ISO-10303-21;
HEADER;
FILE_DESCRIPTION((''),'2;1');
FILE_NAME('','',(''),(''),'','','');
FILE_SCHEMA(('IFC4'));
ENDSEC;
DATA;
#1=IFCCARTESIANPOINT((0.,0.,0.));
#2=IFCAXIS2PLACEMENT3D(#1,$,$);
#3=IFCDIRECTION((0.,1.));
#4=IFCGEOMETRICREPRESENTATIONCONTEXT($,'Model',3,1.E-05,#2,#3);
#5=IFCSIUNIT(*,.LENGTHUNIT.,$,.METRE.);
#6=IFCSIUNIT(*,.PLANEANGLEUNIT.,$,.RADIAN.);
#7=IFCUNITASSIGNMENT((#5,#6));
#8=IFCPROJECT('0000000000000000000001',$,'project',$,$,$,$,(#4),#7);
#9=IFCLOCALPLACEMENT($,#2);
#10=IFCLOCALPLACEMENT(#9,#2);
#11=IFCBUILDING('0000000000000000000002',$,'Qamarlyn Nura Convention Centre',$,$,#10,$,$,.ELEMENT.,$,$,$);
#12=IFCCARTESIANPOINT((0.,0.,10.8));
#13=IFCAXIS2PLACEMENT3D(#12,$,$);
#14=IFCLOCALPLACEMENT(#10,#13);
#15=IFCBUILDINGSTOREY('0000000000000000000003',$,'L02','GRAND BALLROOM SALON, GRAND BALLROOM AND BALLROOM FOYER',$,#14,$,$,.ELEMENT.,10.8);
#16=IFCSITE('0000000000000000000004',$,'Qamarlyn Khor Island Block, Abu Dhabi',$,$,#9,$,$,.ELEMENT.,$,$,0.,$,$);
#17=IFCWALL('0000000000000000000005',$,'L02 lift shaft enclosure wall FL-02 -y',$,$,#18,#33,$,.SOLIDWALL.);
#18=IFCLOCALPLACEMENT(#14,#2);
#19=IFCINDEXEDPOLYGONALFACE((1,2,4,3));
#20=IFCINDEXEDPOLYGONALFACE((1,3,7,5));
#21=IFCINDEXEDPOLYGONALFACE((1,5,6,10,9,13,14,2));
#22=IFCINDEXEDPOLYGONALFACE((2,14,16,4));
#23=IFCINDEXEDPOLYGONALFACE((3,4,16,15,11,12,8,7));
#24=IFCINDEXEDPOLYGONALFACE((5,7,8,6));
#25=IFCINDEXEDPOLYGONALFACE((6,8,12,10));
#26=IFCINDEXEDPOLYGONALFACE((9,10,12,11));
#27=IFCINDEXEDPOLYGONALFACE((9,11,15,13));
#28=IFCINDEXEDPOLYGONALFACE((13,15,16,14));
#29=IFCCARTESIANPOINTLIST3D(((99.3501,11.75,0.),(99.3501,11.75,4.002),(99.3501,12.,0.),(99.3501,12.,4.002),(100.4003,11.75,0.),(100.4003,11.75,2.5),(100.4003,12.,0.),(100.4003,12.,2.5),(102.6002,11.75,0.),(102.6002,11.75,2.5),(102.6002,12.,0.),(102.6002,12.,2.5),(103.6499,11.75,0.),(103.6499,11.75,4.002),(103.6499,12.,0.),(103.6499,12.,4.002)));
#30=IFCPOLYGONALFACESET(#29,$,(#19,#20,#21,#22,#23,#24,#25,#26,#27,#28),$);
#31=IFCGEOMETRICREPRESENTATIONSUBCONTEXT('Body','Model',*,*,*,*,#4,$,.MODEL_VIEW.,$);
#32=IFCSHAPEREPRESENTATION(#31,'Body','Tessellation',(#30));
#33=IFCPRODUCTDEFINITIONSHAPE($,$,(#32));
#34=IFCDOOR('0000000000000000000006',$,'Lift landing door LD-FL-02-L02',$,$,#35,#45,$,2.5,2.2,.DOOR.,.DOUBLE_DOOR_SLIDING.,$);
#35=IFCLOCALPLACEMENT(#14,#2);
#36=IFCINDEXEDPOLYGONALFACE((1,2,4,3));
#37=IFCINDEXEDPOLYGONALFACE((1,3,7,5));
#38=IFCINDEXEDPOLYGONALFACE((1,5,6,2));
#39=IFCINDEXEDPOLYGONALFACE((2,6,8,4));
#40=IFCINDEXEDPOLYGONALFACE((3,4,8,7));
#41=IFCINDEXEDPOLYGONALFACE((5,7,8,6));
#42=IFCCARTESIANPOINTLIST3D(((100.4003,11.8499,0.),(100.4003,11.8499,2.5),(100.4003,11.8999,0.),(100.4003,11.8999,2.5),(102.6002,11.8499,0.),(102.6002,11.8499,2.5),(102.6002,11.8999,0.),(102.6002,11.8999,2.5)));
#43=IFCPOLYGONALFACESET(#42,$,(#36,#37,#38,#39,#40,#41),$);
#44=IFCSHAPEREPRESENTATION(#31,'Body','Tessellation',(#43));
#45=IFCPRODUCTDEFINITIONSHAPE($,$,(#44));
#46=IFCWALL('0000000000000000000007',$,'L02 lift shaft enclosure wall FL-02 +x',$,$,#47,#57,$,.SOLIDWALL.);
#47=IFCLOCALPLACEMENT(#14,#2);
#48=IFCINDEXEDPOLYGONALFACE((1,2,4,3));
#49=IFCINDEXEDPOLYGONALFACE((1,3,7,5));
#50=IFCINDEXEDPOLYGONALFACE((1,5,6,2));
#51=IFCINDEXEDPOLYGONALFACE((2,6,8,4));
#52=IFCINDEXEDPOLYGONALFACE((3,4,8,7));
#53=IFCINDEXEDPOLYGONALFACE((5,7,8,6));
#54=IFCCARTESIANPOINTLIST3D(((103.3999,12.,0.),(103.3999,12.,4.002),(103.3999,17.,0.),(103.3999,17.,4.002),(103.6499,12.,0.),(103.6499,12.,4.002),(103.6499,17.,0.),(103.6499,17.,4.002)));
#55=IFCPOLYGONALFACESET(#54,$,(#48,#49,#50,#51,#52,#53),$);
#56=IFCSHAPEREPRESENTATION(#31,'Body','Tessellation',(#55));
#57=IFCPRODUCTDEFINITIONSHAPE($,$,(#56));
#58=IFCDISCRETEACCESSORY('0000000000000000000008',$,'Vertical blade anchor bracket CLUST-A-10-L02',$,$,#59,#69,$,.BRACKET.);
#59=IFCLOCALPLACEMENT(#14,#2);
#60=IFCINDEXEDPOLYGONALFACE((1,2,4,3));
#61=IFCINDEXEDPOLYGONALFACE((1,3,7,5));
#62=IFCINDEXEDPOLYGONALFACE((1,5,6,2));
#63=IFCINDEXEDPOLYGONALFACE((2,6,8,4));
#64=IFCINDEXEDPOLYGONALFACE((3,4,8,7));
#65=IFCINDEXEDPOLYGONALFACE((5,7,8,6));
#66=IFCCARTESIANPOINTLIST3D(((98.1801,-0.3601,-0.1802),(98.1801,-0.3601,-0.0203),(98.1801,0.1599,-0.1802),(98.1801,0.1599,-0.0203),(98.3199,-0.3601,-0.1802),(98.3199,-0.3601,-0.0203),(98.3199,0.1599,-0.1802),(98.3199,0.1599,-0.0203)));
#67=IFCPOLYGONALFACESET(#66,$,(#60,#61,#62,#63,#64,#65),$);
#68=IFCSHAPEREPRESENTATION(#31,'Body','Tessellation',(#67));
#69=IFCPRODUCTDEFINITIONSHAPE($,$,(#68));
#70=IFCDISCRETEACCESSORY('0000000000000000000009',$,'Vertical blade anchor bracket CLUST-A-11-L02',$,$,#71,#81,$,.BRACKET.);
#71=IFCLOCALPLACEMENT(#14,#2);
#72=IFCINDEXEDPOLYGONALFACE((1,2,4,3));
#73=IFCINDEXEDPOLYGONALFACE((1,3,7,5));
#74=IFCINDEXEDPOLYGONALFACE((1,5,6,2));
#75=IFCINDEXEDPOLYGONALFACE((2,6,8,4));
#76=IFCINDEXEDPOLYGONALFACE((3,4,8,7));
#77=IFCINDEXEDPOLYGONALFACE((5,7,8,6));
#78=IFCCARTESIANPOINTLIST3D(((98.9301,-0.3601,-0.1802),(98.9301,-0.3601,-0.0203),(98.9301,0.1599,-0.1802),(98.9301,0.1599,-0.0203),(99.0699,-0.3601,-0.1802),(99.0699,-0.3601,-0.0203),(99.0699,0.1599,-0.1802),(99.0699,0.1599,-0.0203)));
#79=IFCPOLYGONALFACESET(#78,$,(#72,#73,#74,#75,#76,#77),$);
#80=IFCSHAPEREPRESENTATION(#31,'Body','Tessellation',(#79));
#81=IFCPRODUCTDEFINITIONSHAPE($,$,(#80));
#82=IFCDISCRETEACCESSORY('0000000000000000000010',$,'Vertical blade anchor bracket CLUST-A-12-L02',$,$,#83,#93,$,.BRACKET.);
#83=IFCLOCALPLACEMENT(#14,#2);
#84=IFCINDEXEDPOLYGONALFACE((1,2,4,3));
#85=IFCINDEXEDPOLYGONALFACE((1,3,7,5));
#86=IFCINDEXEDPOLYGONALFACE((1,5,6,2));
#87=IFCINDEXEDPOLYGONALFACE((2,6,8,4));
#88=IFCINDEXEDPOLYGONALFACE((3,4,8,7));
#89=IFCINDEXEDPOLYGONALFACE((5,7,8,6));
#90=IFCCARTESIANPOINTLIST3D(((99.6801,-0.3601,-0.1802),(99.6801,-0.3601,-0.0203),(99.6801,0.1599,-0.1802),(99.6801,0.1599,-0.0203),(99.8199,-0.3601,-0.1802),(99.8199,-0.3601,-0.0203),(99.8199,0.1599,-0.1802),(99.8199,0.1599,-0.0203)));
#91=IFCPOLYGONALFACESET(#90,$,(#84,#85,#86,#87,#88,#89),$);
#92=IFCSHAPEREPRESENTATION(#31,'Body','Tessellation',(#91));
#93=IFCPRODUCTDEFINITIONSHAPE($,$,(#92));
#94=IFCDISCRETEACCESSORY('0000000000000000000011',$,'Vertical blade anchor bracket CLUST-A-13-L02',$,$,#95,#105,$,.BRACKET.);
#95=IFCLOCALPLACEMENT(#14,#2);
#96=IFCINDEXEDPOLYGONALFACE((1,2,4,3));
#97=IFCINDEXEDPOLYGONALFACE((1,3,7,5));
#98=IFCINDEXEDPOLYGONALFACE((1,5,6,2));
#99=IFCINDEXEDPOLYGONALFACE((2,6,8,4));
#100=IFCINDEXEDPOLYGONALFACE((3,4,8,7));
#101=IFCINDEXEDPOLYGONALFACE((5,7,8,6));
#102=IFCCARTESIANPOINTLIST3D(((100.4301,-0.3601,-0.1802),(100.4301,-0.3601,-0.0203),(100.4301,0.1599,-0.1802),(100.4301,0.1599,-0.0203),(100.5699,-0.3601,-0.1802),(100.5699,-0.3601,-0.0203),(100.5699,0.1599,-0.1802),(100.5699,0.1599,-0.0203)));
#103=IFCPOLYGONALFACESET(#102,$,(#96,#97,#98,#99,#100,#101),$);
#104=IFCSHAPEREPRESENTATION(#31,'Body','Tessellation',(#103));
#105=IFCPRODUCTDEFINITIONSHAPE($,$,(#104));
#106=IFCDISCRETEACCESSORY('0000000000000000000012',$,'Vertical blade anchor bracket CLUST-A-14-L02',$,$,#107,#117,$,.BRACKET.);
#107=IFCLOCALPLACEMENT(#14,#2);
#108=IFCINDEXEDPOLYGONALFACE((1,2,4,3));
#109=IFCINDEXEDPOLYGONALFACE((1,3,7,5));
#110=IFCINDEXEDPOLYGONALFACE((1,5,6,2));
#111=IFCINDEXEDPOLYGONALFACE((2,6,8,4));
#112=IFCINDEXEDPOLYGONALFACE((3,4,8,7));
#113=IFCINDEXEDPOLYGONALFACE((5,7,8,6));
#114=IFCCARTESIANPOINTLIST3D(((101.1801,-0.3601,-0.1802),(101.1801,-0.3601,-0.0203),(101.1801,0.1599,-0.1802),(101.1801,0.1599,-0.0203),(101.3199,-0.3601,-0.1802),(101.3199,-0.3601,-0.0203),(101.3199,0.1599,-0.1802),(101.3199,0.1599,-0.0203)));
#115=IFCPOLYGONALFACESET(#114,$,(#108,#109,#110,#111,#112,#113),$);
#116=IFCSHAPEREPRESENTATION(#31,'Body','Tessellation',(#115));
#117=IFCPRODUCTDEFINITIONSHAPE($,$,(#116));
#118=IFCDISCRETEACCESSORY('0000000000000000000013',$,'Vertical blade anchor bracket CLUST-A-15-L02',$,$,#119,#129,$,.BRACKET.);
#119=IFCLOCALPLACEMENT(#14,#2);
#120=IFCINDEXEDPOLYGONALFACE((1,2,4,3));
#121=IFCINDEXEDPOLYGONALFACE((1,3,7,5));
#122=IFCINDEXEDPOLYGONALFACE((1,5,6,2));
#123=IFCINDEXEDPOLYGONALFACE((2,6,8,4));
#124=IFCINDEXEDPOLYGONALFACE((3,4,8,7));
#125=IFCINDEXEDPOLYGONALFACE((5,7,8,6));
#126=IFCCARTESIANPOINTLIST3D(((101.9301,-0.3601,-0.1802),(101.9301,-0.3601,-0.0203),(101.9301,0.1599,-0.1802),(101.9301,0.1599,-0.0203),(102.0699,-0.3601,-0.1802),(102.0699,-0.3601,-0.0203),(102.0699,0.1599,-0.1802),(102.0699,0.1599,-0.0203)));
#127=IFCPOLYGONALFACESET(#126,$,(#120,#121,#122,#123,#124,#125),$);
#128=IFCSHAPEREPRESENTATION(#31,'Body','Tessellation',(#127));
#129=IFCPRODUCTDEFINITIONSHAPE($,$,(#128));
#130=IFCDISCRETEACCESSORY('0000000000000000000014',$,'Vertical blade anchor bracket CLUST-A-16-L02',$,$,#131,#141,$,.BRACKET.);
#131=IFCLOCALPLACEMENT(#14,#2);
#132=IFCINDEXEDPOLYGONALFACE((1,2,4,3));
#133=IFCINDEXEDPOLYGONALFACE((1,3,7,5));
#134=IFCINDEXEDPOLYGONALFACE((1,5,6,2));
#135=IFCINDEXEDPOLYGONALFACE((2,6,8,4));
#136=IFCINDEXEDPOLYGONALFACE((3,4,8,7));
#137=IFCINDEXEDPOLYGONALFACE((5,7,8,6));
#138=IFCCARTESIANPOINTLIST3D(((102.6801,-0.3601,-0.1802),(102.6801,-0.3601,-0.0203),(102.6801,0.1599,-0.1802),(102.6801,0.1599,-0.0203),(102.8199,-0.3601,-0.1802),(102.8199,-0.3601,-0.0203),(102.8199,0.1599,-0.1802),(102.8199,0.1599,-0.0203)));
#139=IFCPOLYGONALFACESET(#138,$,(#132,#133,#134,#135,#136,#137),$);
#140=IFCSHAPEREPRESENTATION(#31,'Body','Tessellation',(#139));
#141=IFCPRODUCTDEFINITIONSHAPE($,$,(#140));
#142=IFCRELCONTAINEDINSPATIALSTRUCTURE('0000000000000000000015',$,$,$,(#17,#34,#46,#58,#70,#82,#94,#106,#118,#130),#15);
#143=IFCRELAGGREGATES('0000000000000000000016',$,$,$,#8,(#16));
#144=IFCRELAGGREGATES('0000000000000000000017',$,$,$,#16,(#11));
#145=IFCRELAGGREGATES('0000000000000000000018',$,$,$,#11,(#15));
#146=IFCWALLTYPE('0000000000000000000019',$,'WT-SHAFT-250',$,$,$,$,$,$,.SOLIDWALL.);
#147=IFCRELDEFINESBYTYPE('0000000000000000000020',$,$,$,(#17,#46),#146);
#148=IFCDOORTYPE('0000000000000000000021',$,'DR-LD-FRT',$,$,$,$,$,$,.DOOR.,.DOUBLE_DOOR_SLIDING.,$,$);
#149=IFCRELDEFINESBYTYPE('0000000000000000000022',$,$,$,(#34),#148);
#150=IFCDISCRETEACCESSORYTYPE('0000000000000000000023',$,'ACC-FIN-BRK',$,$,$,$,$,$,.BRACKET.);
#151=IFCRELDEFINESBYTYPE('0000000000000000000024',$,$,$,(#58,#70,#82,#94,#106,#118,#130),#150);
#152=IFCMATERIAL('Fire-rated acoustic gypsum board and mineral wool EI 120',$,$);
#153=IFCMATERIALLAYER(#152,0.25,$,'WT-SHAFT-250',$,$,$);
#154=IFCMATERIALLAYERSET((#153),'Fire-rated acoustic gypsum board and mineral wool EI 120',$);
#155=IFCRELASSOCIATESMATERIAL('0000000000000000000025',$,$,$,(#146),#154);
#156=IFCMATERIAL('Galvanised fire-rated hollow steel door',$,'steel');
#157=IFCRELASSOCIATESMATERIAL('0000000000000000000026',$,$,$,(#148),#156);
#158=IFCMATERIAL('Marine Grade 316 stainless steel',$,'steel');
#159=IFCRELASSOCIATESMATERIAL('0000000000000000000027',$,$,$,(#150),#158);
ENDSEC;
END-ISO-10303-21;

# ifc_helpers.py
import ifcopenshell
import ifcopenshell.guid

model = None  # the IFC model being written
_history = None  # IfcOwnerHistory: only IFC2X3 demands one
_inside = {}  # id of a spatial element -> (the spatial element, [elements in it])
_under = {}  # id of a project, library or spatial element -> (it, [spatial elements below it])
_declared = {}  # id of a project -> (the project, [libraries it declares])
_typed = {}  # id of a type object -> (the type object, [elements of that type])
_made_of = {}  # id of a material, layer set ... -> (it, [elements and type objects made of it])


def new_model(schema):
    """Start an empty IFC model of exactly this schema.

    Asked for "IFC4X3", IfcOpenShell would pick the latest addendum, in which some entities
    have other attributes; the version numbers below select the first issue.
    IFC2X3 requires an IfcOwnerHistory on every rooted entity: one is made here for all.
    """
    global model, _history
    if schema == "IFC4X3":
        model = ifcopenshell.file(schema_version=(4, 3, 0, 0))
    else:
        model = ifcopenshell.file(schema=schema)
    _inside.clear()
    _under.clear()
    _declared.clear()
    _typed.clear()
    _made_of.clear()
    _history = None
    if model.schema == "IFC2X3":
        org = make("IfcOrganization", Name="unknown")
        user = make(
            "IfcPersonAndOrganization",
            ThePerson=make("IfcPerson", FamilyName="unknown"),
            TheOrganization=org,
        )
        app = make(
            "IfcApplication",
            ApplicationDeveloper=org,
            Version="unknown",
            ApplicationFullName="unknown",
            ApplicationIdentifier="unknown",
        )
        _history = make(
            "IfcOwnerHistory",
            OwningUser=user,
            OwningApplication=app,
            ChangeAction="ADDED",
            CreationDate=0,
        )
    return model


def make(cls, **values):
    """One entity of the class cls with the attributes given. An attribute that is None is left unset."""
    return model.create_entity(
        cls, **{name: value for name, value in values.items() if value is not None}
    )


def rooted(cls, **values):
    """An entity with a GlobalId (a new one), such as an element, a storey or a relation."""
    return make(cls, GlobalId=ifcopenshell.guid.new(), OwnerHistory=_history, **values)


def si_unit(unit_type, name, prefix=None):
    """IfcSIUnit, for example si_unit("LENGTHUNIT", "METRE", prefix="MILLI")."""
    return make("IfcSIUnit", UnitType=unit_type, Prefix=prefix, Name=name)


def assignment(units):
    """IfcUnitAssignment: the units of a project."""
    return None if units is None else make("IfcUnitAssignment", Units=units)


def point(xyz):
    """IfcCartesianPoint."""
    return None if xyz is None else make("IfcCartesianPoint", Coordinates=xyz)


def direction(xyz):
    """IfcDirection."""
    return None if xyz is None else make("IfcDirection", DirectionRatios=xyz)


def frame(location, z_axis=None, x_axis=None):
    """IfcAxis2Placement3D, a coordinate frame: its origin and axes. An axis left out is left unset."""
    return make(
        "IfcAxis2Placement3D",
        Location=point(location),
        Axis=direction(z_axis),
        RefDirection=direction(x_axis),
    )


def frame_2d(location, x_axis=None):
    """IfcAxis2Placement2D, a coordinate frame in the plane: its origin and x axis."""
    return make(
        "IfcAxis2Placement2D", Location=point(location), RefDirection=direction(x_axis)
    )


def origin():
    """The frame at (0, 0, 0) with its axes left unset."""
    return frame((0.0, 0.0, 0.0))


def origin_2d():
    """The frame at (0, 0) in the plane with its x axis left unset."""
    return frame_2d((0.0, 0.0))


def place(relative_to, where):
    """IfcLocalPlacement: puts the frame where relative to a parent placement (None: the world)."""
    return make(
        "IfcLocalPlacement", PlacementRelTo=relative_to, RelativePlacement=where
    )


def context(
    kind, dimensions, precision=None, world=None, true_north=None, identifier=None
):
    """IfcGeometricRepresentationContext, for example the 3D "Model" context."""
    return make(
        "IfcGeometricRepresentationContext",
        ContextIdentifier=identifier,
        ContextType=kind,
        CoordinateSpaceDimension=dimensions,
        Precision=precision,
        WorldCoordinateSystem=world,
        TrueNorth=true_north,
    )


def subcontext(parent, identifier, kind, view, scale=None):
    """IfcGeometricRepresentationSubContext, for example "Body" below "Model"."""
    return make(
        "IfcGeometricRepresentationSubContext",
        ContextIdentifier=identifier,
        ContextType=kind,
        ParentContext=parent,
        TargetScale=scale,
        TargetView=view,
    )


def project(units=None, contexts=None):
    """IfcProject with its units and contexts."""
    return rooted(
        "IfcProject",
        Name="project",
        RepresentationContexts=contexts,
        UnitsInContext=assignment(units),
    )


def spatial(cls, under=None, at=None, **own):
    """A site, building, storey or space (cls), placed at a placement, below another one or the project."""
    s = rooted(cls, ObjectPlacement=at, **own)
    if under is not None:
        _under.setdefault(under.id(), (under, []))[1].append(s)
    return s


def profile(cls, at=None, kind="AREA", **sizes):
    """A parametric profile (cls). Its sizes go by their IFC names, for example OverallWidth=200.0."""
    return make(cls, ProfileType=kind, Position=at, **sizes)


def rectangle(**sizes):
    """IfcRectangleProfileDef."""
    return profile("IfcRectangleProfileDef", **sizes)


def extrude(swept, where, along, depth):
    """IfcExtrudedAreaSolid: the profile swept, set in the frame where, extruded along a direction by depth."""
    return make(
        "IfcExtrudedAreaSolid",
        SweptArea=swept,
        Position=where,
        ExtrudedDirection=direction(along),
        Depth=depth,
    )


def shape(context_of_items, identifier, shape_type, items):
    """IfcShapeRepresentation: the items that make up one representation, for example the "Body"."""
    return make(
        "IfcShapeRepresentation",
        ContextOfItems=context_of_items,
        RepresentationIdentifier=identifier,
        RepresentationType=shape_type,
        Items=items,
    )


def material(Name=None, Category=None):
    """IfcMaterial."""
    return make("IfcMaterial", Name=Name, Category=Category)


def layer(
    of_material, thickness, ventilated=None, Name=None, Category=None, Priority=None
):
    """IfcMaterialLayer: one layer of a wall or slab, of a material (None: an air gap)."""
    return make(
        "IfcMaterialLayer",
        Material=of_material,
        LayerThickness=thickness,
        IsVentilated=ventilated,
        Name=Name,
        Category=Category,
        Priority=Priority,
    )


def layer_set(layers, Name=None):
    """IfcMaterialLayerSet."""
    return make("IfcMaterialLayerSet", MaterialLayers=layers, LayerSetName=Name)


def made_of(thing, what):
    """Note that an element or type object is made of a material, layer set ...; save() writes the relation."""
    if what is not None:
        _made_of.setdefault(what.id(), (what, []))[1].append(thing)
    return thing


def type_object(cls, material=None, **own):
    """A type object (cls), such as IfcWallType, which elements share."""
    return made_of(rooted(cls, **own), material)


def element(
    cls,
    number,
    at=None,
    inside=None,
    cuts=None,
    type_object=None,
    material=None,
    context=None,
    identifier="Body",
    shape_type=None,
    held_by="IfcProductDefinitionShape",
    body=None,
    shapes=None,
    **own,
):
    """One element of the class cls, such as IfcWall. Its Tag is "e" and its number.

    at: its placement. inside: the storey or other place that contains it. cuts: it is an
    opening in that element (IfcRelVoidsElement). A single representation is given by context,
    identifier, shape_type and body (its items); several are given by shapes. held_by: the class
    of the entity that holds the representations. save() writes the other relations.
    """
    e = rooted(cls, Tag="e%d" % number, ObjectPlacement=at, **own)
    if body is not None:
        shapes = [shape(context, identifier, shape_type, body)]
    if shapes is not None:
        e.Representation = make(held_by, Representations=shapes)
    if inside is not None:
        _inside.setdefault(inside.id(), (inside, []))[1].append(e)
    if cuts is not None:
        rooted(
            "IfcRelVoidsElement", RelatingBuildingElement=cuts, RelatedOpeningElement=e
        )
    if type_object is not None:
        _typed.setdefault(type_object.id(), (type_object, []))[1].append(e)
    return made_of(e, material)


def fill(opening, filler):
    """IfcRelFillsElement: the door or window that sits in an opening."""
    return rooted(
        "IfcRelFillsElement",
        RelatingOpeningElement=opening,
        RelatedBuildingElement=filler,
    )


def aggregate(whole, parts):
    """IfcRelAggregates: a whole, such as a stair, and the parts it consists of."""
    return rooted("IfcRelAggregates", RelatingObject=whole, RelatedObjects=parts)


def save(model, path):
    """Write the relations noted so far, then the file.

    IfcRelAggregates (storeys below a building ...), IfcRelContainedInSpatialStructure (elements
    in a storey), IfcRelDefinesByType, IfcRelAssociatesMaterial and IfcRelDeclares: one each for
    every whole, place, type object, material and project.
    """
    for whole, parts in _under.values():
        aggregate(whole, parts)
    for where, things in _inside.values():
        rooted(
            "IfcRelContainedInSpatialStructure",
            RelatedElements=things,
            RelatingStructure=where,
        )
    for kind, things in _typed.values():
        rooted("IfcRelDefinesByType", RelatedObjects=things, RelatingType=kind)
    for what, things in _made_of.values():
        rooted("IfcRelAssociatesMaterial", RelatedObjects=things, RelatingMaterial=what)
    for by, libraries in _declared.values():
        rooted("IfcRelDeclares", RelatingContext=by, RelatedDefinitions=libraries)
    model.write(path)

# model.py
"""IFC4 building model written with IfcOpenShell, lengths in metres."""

from ifc_helpers import new_model, si_unit, direction, frame, frame_2d, origin, origin_2d, place, context, subcontext, project, spatial, rectangle, extrude, material, layer, layer_set, type_object, element, fill, save


model = new_model("IFC4")

# Units and contexts
model_context = context("Model", 3, precision=1e-05, world=origin(), true_north=direction((0.0, 1.0)))
body_context = subcontext(model_context, "Body", "Model", "MODEL_VIEW")
ifc_project = project(units=[si_unit("LENGTHUNIT", "METRE"), si_unit("PLANEANGLEUNIT", "RADIAN")], contexts=[model_context])

# Site, building, storey
site_placement = place(None, origin())
site = spatial("IfcSite", under=ifc_project, at=site_placement, Name="Qamarlyn Khor Island Block, Abu Dhabi", CompositionType="ELEMENT", RefElevation=0.0)
building_placement = place(site_placement, origin())
building = spatial("IfcBuilding", under=site, at=building_placement, Name="Qamarlyn Nura Convention Centre", CompositionType="ELEMENT")
storey_placement = place(building_placement, frame((0.0, 0.0, 10.8)))
storey = spatial("IfcBuildingStorey", under=building, at=storey_placement, Name="L02", Description="GRAND BALLROOM SALON, GRAND BALLROOM AND BALLROOM FOYER", CompositionType="ELEMENT", Elevation=10.8)

# Wall, opening, door
ifc_material_1 = material(Name="Fire-rated acoustic gypsum board and mineral wool EI 120")
ifc_layer_1 = layer(ifc_material_1, 0.25, Name="WT-SHAFT-250")
ifc_layer_set_1 = layer_set([ifc_layer_1], Name="Fire-rated acoustic gypsum board and mineral wool EI 120")
wall_type_1 = type_object("IfcWallType", Name="WT-SHAFT-250", PredefinedType="SOLIDWALL", material=ifc_layer_set_1)
wall_1_placement = place(storey_placement, frame((99.3501, 11.875, 0.0), z_axis=(0.0, 0.0, 1.0), x_axis=(1.0, 0.0, 0.0)))
wall_1 = element("IfcWall", 1, at=wall_1_placement, inside=storey, type_object=wall_type_1, Name="L02 lift shaft enclosure wall FL-02 -y", PredefinedType="SOLIDWALL", context=body_context, shape_type="SweptSolid", body=[
    extrude(rectangle(XDim=4.2998, YDim=0.25, at=frame_2d((2.1499, 0.0))), origin(), (0.0, 0.0, 1.0), 4.002),
])
opening_placement = place(wall_1_placement, frame((1.05, 0.0, 0.0)))
opening = element("IfcOpeningElement", 2, at=opening_placement, cuts=wall_1, PredefinedType="OPENING", context=body_context, shape_type="SweptSolid", body=[
    extrude(rectangle(XDim=2.2, YDim=2.5, at=frame_2d((1.1001, 1.25))), frame((0.0, 0.135, 0.0), z_axis=(0.0, -1.0, 0.0), x_axis=(1.0, 0.0, 0.0)), (0.0, 0.0, 1.0), 0.27),
])
ifc_material_2 = material(Name="Galvanised fire-rated hollow steel door", Category="steel")
door_type = type_object("IfcDoorType", Name="DR-LD-FRT", OperationType="DOUBLE_DOOR_SLIDING", PredefinedType="DOOR", material=ifc_material_2)
door_placement = place(opening_placement, origin())
door = element("IfcDoor", 3, at=door_placement, inside=storey, type_object=door_type, Name="Lift landing door LD-FL-02-L02", OperationType="DOUBLE_DOOR_SLIDING", OverallHeight=2.5, OverallWidth=2.2, PredefinedType="DOOR", context=body_context, shape_type="SweptSolid", body=[
    extrude(rectangle(XDim=2.2, YDim=2.5, at=frame_2d((1.1001, 1.25))), frame((0.0, 0.0249, 0.0), z_axis=(0.0, -1.0, 0.0), x_axis=(1.0, 0.0, 0.0)), (0.0, 0.0, 1.0), 0.05),
])
fill(opening, door)

# Wall
wall_2_placement = place(storey_placement, frame((103.5249, 12.0, 0.0), z_axis=(0.0, 0.0, 1.0), x_axis=(0.0, 1.0, 0.0)))
element("IfcWall", 4, at=wall_2_placement, inside=storey, type_object=wall_type_1, Name="L02 lift shaft enclosure wall FL-02 +x", PredefinedType="SOLIDWALL", context=body_context, shape_type="SweptSolid", body=[
    extrude(rectangle(XDim=5.0, YDim=0.25, at=frame_2d((2.5, 0.0))), origin(), (0.0, 0.0, 1.0), 4.002),
])

# Discrete accessories
ifc_material_3 = material(Name="Marine Grade 316 stainless steel", Category="steel")
discrete_accessory_type = type_object("IfcDiscreteAccessoryType", Name="ACC-FIN-BRK", PredefinedType="BRACKET", material=ifc_material_3)
for number, where, z_axis, x_axis, name in (
    (5, (98.25, -0.1001, -0.1802), (0.0, 0.0, 1.0), (0.0, -1.0, 0.0), "Vertical blade anchor bracket CLUST-A-10-L02"),
    (6, (99.0, -0.1001, -0.1802), (0.0, 0.0, 1.0), (0.0, -1.0, 0.0), "Vertical blade anchor bracket CLUST-A-11-L02"),
    (7, (99.75, -0.1001, -0.1802), (0.0, 0.0, 1.0), (0.0, -1.0, 0.0), "Vertical blade anchor bracket CLUST-A-12-L02"),
    (8, (100.5, -0.1001, -0.1802), (0.0, 0.0, 1.0), (0.0, -1.0, 0.0), "Vertical blade anchor bracket CLUST-A-13-L02"),
    (9, (101.25, -0.1001, -0.1802), (0.0, 0.0, 1.0), (0.0, -1.0, 0.0), "Vertical blade anchor bracket CLUST-A-14-L02"),
    (10, (102.0, -0.1001, -0.1802), (0.0, 0.0, 1.0), (0.0, -1.0, 0.0), "Vertical blade anchor bracket CLUST-A-15-L02"),
    (11, (102.75, -0.1001, -0.1802), (0.0, 0.0, 1.0), (0.0, -1.0, 0.0), "Vertical blade anchor bracket CLUST-A-16-L02"),
):
    element("IfcDiscreteAccessory", number, at=place(storey_placement, frame(where, z_axis=z_axis, x_axis=x_axis)), inside=storey, type_object=discrete_accessory_type, Name=name, PredefinedType="BRACKET", context=body_context, shape_type="SweptSolid", body=[
        extrude(rectangle(XDim=0.52, YDim=0.1399, at=origin_2d()), origin(), (0.0, 0.0, 1.0), 0.1599),
    ])

save(model, "model.ifc")
